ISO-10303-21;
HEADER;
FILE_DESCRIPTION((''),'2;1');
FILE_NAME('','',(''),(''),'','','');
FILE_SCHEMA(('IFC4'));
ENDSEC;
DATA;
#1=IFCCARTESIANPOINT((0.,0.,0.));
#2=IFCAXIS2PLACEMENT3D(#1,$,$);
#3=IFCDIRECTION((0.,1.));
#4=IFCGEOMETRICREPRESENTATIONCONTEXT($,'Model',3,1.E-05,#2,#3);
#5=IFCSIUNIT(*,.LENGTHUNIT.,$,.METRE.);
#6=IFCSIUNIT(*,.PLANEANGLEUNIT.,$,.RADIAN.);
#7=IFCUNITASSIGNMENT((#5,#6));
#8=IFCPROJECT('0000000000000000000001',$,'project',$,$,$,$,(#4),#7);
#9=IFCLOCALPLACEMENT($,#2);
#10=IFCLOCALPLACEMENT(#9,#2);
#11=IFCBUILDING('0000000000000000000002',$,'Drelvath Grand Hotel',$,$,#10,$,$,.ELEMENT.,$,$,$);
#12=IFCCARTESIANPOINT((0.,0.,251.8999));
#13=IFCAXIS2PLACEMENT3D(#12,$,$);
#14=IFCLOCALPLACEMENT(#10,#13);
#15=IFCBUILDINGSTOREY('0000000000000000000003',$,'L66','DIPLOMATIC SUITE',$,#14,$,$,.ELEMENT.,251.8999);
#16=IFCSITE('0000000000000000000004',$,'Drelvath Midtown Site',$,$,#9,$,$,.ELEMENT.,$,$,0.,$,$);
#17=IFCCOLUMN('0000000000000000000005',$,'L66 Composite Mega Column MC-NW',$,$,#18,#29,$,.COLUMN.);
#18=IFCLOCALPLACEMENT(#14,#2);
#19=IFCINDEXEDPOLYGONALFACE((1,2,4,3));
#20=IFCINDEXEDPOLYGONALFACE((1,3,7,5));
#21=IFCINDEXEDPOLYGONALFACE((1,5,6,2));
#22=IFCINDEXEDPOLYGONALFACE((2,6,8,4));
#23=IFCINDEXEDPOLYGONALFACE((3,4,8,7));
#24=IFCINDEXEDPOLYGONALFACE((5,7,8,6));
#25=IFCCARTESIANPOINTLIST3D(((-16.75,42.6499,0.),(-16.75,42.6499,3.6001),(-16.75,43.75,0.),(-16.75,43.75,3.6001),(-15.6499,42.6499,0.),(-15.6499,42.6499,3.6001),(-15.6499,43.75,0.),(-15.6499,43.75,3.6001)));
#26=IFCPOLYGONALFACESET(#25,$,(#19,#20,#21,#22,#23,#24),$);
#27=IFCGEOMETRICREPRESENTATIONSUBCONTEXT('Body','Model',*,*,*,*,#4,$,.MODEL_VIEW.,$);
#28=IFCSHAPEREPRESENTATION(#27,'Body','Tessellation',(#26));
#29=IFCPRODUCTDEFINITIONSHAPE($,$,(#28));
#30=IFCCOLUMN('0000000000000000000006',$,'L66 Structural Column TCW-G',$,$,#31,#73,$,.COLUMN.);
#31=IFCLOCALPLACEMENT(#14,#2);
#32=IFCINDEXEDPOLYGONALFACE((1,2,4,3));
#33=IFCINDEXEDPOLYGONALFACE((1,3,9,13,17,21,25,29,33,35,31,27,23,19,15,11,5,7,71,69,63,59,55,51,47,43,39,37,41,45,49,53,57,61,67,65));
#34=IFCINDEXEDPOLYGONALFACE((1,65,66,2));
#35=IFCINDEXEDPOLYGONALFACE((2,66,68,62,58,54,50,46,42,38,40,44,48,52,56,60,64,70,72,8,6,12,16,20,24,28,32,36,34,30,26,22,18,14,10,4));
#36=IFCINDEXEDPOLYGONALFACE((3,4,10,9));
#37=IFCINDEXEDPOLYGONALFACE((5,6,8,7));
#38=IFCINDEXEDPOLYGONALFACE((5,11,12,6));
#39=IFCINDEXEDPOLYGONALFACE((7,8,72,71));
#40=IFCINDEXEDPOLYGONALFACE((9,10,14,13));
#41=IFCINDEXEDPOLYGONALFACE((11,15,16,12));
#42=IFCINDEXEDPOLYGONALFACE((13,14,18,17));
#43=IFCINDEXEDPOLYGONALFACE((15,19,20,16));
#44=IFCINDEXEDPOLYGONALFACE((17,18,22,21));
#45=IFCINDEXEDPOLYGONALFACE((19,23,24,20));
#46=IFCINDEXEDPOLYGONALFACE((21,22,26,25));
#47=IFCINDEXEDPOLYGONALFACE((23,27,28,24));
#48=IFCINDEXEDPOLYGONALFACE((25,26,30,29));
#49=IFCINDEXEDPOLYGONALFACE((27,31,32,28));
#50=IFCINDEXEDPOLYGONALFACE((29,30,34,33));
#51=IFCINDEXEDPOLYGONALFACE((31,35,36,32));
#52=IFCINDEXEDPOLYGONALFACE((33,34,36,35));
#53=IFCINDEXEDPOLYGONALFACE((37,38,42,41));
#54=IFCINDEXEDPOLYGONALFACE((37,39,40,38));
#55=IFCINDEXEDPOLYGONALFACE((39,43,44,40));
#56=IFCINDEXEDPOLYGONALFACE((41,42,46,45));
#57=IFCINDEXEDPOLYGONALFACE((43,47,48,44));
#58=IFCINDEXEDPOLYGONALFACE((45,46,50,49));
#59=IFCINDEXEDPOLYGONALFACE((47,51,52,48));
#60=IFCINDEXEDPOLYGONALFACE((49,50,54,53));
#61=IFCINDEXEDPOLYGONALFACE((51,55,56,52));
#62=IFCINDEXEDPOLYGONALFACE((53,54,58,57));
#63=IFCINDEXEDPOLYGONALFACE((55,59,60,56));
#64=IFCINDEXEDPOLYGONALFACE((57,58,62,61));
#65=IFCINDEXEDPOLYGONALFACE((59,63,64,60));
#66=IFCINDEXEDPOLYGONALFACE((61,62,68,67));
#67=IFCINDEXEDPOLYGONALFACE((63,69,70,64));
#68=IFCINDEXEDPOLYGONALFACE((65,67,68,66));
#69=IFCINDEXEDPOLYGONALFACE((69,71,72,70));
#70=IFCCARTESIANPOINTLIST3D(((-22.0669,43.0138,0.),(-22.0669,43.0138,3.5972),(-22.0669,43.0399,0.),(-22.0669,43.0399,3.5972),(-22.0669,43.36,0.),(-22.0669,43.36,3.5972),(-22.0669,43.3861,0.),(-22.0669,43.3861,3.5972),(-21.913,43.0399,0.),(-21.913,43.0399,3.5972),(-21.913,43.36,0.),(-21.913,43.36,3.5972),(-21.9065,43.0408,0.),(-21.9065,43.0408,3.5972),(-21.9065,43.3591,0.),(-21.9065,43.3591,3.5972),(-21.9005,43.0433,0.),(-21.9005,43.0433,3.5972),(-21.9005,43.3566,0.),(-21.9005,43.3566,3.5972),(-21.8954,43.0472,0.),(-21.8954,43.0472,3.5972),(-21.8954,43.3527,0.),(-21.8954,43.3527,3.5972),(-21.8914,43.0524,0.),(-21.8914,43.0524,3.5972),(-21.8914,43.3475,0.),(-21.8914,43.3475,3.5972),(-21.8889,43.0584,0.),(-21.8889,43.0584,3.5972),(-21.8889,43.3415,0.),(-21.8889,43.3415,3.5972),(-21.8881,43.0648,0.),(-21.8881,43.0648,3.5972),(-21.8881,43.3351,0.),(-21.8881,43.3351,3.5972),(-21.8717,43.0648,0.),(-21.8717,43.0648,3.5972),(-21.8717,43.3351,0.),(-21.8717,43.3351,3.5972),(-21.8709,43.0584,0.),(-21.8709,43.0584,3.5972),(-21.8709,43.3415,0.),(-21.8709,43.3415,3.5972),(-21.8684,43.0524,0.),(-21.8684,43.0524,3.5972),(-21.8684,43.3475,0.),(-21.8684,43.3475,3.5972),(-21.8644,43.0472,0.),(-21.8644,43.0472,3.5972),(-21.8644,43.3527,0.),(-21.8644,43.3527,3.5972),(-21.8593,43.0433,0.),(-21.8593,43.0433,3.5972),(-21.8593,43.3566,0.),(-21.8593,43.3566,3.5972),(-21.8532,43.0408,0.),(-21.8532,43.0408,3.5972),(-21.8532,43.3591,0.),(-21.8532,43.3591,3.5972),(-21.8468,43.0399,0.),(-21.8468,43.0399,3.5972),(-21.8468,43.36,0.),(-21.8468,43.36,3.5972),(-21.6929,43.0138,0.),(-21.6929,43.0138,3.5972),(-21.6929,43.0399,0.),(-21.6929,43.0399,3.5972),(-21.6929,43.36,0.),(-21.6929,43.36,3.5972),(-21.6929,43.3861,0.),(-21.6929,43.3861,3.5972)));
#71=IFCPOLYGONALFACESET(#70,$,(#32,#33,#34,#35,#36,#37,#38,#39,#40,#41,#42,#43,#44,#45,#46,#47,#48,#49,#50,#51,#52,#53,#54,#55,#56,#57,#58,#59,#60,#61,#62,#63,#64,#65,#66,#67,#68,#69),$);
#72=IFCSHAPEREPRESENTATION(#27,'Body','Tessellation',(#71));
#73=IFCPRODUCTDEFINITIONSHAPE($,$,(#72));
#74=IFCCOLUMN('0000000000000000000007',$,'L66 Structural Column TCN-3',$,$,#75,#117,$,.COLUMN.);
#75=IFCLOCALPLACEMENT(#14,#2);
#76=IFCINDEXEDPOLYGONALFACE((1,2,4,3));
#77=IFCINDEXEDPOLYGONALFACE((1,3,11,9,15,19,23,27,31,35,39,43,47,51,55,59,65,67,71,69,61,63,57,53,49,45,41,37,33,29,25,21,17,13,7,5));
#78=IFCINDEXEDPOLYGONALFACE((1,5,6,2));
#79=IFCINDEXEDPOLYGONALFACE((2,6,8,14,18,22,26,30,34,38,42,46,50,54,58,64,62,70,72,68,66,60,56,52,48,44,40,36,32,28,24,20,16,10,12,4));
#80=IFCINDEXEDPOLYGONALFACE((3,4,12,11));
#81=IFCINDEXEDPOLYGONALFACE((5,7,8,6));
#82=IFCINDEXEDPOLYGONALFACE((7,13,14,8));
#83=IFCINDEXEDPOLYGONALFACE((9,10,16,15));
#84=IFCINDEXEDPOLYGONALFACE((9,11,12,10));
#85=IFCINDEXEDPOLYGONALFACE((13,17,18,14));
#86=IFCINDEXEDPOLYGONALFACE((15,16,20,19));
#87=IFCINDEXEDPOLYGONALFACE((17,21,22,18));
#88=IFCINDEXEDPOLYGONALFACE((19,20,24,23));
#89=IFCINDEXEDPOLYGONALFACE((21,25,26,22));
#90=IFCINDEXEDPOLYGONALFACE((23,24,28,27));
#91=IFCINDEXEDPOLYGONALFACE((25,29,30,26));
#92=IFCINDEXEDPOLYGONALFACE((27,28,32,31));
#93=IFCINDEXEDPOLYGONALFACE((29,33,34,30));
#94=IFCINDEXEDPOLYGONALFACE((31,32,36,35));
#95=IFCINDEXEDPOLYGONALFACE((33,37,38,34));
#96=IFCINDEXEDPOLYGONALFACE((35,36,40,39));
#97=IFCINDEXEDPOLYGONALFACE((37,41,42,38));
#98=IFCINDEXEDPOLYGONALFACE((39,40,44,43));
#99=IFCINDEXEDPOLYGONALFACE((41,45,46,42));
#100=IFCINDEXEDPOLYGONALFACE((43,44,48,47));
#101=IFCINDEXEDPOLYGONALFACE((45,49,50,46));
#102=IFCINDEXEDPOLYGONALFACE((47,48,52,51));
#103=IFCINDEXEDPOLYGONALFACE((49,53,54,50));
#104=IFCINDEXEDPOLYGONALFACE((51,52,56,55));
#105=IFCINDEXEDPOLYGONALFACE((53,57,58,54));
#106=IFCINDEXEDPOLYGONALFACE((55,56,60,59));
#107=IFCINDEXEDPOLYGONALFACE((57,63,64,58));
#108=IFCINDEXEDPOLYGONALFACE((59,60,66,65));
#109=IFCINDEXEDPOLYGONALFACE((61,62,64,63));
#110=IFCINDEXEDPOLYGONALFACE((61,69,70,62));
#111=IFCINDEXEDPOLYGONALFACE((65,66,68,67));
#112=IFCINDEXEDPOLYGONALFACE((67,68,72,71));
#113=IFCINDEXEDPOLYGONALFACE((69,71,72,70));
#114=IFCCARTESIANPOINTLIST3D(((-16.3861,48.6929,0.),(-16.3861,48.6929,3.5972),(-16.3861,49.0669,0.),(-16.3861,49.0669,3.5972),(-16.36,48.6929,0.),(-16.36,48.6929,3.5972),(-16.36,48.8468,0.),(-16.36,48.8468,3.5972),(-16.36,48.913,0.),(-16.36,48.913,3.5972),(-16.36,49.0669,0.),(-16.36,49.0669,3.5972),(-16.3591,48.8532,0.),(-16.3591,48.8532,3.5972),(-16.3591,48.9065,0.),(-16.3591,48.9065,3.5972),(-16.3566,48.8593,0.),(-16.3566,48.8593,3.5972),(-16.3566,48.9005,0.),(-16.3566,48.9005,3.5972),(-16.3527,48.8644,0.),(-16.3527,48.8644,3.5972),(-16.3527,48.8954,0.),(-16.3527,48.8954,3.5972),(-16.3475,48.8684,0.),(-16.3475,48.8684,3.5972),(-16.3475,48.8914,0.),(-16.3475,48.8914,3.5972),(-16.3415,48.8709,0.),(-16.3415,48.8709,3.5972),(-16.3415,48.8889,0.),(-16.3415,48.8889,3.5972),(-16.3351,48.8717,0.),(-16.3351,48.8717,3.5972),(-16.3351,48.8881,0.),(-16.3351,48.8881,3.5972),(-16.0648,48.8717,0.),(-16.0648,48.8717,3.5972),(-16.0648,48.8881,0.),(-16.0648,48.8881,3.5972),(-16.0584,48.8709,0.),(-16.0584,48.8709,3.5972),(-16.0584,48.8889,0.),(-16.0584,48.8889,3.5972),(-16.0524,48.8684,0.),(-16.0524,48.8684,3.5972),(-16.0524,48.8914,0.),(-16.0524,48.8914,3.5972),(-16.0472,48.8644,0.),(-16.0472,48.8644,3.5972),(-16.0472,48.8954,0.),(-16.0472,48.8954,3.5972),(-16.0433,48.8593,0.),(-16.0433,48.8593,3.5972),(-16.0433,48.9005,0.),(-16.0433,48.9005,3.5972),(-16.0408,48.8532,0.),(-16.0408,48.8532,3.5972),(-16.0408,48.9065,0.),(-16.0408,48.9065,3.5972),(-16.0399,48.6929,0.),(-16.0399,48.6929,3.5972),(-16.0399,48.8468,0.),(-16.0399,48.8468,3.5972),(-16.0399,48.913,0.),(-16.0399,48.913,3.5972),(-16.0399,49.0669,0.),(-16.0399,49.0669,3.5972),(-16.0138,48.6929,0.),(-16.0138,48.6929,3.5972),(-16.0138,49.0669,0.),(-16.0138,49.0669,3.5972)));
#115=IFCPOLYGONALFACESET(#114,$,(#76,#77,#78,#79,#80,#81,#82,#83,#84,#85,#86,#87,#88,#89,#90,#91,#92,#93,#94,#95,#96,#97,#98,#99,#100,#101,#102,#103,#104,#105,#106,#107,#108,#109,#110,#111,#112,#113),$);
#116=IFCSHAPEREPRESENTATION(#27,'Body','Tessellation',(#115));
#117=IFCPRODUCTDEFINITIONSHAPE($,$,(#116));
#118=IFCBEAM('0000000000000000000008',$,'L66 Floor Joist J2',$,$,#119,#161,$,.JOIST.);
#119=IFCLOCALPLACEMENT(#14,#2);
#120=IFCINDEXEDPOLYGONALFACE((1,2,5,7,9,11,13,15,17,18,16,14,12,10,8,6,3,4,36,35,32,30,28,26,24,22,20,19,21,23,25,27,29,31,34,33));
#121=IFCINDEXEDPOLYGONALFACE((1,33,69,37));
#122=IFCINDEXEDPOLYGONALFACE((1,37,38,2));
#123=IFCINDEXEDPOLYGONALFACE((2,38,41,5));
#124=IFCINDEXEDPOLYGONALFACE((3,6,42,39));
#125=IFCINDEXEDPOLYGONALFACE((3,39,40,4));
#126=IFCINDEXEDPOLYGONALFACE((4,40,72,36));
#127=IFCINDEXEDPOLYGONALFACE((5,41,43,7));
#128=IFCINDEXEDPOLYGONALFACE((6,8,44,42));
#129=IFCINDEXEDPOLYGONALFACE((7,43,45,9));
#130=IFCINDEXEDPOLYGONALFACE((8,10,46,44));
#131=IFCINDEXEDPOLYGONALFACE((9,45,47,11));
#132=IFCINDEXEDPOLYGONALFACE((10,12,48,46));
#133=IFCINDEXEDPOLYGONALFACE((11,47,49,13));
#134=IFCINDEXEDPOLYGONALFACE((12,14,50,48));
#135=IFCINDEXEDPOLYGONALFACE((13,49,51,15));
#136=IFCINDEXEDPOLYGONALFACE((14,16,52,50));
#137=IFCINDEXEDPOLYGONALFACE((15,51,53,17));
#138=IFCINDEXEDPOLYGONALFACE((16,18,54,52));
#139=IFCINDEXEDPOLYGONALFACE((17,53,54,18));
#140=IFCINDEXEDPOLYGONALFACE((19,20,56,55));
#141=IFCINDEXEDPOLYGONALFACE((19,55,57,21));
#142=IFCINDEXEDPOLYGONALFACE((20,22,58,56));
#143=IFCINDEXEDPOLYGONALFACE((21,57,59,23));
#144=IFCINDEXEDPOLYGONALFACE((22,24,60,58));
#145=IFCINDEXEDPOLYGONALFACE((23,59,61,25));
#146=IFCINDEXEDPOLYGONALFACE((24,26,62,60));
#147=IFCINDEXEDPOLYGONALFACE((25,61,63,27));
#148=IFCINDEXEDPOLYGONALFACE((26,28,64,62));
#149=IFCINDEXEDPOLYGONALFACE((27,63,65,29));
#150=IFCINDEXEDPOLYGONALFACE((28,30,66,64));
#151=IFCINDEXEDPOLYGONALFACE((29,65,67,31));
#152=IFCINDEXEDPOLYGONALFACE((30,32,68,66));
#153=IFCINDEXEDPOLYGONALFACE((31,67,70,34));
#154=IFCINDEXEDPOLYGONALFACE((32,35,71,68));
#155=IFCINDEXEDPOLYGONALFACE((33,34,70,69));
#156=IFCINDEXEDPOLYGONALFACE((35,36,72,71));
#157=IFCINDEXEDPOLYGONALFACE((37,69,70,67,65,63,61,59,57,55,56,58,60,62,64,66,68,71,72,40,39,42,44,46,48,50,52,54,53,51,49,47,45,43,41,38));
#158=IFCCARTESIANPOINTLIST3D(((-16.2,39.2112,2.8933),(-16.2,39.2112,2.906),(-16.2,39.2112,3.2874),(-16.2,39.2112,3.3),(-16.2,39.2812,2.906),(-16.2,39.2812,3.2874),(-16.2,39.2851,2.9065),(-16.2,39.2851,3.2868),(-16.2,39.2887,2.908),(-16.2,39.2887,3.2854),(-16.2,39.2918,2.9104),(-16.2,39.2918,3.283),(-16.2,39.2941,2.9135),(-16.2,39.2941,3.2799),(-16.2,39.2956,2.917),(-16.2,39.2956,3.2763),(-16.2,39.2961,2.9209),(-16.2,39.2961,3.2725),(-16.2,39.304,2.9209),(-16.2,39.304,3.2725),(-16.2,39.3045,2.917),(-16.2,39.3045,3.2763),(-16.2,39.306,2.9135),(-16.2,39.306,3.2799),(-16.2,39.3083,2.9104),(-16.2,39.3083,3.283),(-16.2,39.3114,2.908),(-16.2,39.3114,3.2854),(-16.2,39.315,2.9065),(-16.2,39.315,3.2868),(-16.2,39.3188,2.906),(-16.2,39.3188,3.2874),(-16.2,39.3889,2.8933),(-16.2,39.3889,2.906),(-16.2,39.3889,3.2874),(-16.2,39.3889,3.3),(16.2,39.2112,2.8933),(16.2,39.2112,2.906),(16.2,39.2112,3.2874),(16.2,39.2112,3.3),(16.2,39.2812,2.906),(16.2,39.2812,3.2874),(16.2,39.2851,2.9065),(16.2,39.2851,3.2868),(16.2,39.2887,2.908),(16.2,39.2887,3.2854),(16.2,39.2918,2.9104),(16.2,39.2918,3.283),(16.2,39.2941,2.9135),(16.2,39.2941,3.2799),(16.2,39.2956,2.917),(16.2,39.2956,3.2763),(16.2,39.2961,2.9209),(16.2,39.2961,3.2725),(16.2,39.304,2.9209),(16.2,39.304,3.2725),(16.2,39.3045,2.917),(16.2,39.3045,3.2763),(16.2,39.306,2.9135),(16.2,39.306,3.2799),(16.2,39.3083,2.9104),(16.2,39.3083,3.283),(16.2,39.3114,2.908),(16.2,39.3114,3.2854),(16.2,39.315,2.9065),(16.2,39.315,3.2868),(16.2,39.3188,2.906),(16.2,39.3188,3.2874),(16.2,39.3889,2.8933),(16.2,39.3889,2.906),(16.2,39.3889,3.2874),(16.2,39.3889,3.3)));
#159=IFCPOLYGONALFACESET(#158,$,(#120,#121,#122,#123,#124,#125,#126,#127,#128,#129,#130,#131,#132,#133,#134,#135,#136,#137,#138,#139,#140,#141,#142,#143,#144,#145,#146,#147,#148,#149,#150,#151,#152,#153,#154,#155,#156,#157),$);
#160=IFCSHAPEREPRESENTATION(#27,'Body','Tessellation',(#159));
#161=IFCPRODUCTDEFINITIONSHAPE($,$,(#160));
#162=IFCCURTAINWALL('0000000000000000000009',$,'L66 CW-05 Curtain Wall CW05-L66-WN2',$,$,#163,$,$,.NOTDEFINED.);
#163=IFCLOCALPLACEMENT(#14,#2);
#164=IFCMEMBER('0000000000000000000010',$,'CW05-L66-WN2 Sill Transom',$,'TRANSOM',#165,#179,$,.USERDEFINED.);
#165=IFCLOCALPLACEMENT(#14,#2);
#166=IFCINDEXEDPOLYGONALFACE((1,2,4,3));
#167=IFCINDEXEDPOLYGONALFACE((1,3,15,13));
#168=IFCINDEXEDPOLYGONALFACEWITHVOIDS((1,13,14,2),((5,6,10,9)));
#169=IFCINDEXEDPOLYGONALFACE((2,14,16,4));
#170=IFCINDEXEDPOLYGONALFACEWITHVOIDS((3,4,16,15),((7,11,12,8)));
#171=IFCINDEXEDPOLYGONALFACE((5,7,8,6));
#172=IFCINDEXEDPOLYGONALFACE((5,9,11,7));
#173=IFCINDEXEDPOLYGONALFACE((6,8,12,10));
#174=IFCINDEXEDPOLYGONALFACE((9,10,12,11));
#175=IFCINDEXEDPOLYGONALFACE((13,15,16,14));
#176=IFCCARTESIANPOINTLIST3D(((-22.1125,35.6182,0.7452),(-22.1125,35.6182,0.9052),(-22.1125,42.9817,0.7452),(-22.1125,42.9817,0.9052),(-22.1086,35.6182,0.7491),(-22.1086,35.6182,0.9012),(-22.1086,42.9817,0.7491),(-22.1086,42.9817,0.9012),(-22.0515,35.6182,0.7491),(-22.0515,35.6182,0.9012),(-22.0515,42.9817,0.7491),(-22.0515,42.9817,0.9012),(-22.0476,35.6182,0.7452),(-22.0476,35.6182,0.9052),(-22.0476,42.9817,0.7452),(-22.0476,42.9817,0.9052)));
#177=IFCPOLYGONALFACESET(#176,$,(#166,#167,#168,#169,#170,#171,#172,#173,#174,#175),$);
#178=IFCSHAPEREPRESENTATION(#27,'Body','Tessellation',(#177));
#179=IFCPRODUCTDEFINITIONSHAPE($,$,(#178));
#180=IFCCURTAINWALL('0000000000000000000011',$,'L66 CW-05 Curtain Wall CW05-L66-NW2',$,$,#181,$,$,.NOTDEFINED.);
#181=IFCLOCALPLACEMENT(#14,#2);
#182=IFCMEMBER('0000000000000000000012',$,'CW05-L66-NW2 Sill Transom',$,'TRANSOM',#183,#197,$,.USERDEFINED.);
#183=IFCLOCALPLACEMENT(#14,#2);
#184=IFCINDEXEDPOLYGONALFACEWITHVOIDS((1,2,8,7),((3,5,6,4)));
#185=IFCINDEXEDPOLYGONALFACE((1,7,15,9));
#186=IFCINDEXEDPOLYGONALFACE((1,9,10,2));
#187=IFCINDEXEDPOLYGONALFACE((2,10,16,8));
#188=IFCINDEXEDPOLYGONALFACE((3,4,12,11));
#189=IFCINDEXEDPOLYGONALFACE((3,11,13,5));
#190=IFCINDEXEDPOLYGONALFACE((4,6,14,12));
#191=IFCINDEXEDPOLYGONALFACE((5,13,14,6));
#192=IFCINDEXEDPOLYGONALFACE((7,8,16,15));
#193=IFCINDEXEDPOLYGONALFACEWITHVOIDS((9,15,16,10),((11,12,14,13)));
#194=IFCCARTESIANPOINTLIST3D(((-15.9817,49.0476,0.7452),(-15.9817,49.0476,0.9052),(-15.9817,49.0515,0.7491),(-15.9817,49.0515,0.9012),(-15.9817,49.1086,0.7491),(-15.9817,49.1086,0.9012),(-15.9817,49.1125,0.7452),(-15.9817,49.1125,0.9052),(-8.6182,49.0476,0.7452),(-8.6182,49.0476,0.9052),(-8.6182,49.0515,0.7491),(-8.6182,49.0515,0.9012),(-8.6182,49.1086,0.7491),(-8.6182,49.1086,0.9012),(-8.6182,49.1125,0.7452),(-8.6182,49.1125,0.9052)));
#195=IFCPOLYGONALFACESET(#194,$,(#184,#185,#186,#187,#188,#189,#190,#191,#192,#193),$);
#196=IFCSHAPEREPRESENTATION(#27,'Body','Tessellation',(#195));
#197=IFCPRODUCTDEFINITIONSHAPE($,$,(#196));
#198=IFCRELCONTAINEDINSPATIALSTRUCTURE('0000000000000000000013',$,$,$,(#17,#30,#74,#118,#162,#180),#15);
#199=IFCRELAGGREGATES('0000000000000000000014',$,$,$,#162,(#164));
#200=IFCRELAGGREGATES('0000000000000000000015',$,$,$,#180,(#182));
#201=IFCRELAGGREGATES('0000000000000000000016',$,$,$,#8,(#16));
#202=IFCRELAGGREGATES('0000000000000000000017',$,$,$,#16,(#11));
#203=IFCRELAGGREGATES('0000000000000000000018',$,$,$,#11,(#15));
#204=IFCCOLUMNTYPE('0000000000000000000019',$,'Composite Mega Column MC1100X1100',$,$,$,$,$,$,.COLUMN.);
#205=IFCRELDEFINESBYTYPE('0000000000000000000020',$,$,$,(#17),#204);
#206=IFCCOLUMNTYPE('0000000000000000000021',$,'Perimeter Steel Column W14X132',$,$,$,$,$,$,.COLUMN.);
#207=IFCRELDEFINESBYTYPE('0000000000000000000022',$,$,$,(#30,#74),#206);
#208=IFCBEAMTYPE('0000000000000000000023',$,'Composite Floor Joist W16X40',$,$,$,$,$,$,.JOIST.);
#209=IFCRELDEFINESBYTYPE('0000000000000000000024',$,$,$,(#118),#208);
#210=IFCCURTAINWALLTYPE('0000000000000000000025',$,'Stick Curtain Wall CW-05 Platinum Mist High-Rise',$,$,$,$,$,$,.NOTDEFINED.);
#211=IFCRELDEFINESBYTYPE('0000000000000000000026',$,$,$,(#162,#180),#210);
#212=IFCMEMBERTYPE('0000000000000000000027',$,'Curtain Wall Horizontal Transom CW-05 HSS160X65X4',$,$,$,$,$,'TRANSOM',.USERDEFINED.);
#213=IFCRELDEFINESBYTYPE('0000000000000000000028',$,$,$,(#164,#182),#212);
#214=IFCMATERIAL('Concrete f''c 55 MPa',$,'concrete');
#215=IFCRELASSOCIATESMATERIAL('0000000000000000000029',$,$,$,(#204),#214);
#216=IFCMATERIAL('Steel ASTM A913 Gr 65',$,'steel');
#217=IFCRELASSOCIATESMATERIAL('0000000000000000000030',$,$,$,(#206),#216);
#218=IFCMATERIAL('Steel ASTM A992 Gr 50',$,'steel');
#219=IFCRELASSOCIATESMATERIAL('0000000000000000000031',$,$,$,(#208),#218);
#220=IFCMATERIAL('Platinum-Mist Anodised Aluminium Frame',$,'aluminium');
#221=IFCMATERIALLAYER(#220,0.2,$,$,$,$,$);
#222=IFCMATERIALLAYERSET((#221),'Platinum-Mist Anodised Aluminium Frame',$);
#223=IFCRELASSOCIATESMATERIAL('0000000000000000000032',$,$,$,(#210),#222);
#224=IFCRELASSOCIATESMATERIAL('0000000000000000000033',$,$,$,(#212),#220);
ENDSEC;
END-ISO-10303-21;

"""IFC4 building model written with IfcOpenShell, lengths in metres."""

from ifc_helpers import new_model, si_unit, direction, frame, origin, origin_2d, place, context, subcontext, project, spatial, rectangle, hollow_rectangle, i_section, extrude, material, layer, layer_set, material_profile, profile_set, type_object, element, aggregate, save


model = new_model("IFC4")

# Units and contexts
model_context = context("Model", 3, precision=1e-05, world=origin(), true_north=direction((0.0, 1.0)))
body_context = subcontext(model_context, "Body", "Model", "MODEL_VIEW")
ifc_project = project(units=[si_unit("LENGTHUNIT", "METRE"), si_unit("PLANEANGLEUNIT", "RADIAN")], contexts=[model_context])

# Site, building, storey
site_placement = place(None, origin())
site = spatial("IfcSite", under=ifc_project, at=site_placement, Name="Drelvath Midtown Site", CompositionType="ELEMENT", RefElevation=0.0)
building_placement = place(site_placement, origin())
building = spatial("IfcBuilding", under=site, at=building_placement, Name="Drelvath Grand Hotel", CompositionType="ELEMENT")
storey_placement = place(building_placement, frame((0.0, 0.0, 251.8999)))
storey = spatial("IfcBuildingStorey", under=building, at=storey_placement, Name="L66", Description="DIPLOMATIC SUITE", CompositionType="ELEMENT", Elevation=251.8999)

# Columns
ifc_material_1 = material(Name="Concrete f'c 55 MPa", Category="concrete")
ifc_material_profile_1 = material_profile(ifc_material_1, rectangle(XDim=1.1001, YDim=1.1001, at=origin_2d()), Name="MC1100X1100")
ifc_profile_set_1 = profile_set([ifc_material_profile_1], Name="Concrete f'c 55 MPa")
column_type_1 = type_object("IfcColumnType", Name="Composite Mega Column MC1100X1100", PredefinedType="COLUMN", material=ifc_profile_set_1)
column_placement = place(storey_placement, frame((-16.2, 43.2, 0.0), z_axis=(0.0, 0.0, 1.0), x_axis=(1.0, 0.0, 0.0)))
element("IfcColumn", 1, at=column_placement, inside=storey, type_object=column_type_1, Name="L66 Composite Mega Column MC-NW", PredefinedType="COLUMN", context=body_context, shape_type="SweptSolid", body=[
    extrude(rectangle(XDim=1.1001, YDim=1.1001, at=origin_2d()), origin(), (0.0, 0.0, 1.0), 3.6001),
])
ifc_material_2 = material(Name="Steel ASTM A913 Gr 65", Category="steel")
ifc_material_profile_2 = material_profile(ifc_material_2, i_section(OverallWidth=0.374, OverallDepth=0.3723, WebThickness=0.0164, FlangeThickness=0.0261, FilletRadius=0.0249, at=origin_2d()), Name="W14X132")
ifc_profile_set_2 = profile_set([ifc_material_profile_2], Name="Steel ASTM A913 Gr 65")
column_type_2 = type_object("IfcColumnType", Name="Perimeter Steel Column W14X132", PredefinedType="COLUMN", material=ifc_profile_set_2)
for number, where, z_axis, x_axis, name in (
    (2, (-21.8799, 43.2, 0.0), (0.0, 0.0, 1.0), (1.0, 0.0, 0.0), "L66 Structural Column TCW-G"),
    (3, (-16.2, 48.8799, 0.0), (0.0, 0.0, 1.0), (0.0, 1.0, 0.0), "L66 Structural Column TCN-3"),
):
    element("IfcColumn", number, at=place(storey_placement, frame(where, z_axis=z_axis, x_axis=x_axis)), inside=storey, type_object=column_type_2, Name=name, PredefinedType="COLUMN", context=body_context, shape_type="SweptSolid", body=[
        extrude(i_section(OverallWidth=0.374, OverallDepth=0.3723, WebThickness=0.0164, FlangeThickness=0.0261, FilletRadius=0.0249, at=origin_2d()), origin(), (0.0, 0.0, 1.0), 3.5972),
    ])

# Beam
ifc_material_3 = material(Name="Steel ASTM A992 Gr 50", Category="steel")
ifc_material_profile_3 = material_profile(ifc_material_3, i_section(OverallWidth=0.1777, OverallDepth=0.4067, WebThickness=0.0078, FlangeThickness=0.0127, FilletRadius=0.0149, at=origin_2d()), Name="W16X40")
ifc_profile_set_3 = profile_set([ifc_material_profile_3], Name="Steel ASTM A992 Gr 50")
beam_type_1 = type_object("IfcBeamType", Name="Composite Floor Joist W16X40", PredefinedType="JOIST", material=ifc_profile_set_3)
beam_1_placement = place(storey_placement, frame((-16.2, 39.3, 3.0967), z_axis=(1.0, 0.0, 0.0), x_axis=(0.0, 1.0, 0.0)))
element("IfcBeam", 4, at=beam_1_placement, inside=storey, type_object=beam_type_1, Name="L66 Floor Joist J2", PredefinedType="JOIST", context=body_context, shape_type="SweptSolid", body=[
    extrude(i_section(OverallWidth=0.1777, OverallDepth=0.4067, WebThickness=0.0078, FlangeThickness=0.0127, FilletRadius=0.0149, at=origin_2d()), origin(), (0.0, 0.0, 1.0), 32.3999),
])

# Curtain walls, members
ifc_material_4 = material(Name="Platinum-Mist Anodised Aluminium Frame", Category="aluminium")
ifc_layer_1 = layer(ifc_material_4, 0.2)
ifc_layer_set_1 = layer_set([ifc_layer_1], Name="Platinum-Mist Anodised Aluminium Frame")
curtain_wall_type = type_object("IfcCurtainWallType", Name="Stick Curtain Wall CW-05 Platinum Mist High-Rise", PredefinedType="NOTDEFINED", material=ifc_layer_set_1)
curtain_wall_1_placement = place(storey_placement, origin())
curtain_wall_1 = element("IfcCurtainWall", 5, at=curtain_wall_1_placement, inside=storey, type_object=curtain_wall_type, Name="L66 CW-05 Curtain Wall CW05-L66-WN2", PredefinedType="NOTDEFINED")
ifc_material_profile_4 = material_profile(ifc_material_4, hollow_rectangle(XDim=0.0649, YDim=0.1599, WallThickness=0.0039, at=origin_2d()), Name="HSS160X65X4")
ifc_profile_set_4 = profile_set([ifc_material_profile_4], Name="Platinum-Mist Anodised Aluminium Frame")
member_type_1 = type_object("IfcMemberType", Name="Curtain Wall Horizontal Transom CW-05 HSS160X65X4", ElementType="TRANSOM", PredefinedType="USERDEFINED", material=ifc_profile_set_4)
member_1_placement = place(storey_placement, frame((-22.0801, 35.6182, 0.8252), z_axis=(0.0, 1.0, 0.0), x_axis=(-1.0, 0.0, 0.0)))
member_1 = element("IfcMember", 6, at=member_1_placement, type_object=member_type_1, Name="CW05-L66-WN2 Sill Transom", ObjectType="TRANSOM", PredefinedType="USERDEFINED", context=body_context, shape_type="SweptSolid", body=[
    extrude(hollow_rectangle(XDim=0.0649, YDim=0.1599, WallThickness=0.0039, at=origin_2d()), origin(), (0.0, 0.0, 1.0), 7.3635),
])
curtain_wall_2_placement = place(storey_placement, origin())
curtain_wall_2 = element("IfcCurtainWall", 7, at=curtain_wall_2_placement, inside=storey, type_object=curtain_wall_type, Name="L66 CW-05 Curtain Wall CW05-L66-NW2", PredefinedType="NOTDEFINED")
member_2_placement = place(storey_placement, frame((-15.9817, 49.0801, 0.8252), z_axis=(1.0, 0.0, 0.0), x_axis=(0.0, 1.0, 0.0)))
member_2 = element("IfcMember", 8, at=member_2_placement, type_object=member_type_1, Name="CW05-L66-NW2 Sill Transom", ObjectType="TRANSOM", PredefinedType="USERDEFINED", context=body_context, shape_type="SweptSolid", body=[
    extrude(hollow_rectangle(XDim=0.0649, YDim=0.1599, WallThickness=0.0039, at=origin_2d()), origin(), (0.0, 0.0, 1.0), 7.3635),
])

aggregate(curtain_wall_1, [member_1])
aggregate(curtain_wall_2, [member_2])

save(model, "model.ifc")
